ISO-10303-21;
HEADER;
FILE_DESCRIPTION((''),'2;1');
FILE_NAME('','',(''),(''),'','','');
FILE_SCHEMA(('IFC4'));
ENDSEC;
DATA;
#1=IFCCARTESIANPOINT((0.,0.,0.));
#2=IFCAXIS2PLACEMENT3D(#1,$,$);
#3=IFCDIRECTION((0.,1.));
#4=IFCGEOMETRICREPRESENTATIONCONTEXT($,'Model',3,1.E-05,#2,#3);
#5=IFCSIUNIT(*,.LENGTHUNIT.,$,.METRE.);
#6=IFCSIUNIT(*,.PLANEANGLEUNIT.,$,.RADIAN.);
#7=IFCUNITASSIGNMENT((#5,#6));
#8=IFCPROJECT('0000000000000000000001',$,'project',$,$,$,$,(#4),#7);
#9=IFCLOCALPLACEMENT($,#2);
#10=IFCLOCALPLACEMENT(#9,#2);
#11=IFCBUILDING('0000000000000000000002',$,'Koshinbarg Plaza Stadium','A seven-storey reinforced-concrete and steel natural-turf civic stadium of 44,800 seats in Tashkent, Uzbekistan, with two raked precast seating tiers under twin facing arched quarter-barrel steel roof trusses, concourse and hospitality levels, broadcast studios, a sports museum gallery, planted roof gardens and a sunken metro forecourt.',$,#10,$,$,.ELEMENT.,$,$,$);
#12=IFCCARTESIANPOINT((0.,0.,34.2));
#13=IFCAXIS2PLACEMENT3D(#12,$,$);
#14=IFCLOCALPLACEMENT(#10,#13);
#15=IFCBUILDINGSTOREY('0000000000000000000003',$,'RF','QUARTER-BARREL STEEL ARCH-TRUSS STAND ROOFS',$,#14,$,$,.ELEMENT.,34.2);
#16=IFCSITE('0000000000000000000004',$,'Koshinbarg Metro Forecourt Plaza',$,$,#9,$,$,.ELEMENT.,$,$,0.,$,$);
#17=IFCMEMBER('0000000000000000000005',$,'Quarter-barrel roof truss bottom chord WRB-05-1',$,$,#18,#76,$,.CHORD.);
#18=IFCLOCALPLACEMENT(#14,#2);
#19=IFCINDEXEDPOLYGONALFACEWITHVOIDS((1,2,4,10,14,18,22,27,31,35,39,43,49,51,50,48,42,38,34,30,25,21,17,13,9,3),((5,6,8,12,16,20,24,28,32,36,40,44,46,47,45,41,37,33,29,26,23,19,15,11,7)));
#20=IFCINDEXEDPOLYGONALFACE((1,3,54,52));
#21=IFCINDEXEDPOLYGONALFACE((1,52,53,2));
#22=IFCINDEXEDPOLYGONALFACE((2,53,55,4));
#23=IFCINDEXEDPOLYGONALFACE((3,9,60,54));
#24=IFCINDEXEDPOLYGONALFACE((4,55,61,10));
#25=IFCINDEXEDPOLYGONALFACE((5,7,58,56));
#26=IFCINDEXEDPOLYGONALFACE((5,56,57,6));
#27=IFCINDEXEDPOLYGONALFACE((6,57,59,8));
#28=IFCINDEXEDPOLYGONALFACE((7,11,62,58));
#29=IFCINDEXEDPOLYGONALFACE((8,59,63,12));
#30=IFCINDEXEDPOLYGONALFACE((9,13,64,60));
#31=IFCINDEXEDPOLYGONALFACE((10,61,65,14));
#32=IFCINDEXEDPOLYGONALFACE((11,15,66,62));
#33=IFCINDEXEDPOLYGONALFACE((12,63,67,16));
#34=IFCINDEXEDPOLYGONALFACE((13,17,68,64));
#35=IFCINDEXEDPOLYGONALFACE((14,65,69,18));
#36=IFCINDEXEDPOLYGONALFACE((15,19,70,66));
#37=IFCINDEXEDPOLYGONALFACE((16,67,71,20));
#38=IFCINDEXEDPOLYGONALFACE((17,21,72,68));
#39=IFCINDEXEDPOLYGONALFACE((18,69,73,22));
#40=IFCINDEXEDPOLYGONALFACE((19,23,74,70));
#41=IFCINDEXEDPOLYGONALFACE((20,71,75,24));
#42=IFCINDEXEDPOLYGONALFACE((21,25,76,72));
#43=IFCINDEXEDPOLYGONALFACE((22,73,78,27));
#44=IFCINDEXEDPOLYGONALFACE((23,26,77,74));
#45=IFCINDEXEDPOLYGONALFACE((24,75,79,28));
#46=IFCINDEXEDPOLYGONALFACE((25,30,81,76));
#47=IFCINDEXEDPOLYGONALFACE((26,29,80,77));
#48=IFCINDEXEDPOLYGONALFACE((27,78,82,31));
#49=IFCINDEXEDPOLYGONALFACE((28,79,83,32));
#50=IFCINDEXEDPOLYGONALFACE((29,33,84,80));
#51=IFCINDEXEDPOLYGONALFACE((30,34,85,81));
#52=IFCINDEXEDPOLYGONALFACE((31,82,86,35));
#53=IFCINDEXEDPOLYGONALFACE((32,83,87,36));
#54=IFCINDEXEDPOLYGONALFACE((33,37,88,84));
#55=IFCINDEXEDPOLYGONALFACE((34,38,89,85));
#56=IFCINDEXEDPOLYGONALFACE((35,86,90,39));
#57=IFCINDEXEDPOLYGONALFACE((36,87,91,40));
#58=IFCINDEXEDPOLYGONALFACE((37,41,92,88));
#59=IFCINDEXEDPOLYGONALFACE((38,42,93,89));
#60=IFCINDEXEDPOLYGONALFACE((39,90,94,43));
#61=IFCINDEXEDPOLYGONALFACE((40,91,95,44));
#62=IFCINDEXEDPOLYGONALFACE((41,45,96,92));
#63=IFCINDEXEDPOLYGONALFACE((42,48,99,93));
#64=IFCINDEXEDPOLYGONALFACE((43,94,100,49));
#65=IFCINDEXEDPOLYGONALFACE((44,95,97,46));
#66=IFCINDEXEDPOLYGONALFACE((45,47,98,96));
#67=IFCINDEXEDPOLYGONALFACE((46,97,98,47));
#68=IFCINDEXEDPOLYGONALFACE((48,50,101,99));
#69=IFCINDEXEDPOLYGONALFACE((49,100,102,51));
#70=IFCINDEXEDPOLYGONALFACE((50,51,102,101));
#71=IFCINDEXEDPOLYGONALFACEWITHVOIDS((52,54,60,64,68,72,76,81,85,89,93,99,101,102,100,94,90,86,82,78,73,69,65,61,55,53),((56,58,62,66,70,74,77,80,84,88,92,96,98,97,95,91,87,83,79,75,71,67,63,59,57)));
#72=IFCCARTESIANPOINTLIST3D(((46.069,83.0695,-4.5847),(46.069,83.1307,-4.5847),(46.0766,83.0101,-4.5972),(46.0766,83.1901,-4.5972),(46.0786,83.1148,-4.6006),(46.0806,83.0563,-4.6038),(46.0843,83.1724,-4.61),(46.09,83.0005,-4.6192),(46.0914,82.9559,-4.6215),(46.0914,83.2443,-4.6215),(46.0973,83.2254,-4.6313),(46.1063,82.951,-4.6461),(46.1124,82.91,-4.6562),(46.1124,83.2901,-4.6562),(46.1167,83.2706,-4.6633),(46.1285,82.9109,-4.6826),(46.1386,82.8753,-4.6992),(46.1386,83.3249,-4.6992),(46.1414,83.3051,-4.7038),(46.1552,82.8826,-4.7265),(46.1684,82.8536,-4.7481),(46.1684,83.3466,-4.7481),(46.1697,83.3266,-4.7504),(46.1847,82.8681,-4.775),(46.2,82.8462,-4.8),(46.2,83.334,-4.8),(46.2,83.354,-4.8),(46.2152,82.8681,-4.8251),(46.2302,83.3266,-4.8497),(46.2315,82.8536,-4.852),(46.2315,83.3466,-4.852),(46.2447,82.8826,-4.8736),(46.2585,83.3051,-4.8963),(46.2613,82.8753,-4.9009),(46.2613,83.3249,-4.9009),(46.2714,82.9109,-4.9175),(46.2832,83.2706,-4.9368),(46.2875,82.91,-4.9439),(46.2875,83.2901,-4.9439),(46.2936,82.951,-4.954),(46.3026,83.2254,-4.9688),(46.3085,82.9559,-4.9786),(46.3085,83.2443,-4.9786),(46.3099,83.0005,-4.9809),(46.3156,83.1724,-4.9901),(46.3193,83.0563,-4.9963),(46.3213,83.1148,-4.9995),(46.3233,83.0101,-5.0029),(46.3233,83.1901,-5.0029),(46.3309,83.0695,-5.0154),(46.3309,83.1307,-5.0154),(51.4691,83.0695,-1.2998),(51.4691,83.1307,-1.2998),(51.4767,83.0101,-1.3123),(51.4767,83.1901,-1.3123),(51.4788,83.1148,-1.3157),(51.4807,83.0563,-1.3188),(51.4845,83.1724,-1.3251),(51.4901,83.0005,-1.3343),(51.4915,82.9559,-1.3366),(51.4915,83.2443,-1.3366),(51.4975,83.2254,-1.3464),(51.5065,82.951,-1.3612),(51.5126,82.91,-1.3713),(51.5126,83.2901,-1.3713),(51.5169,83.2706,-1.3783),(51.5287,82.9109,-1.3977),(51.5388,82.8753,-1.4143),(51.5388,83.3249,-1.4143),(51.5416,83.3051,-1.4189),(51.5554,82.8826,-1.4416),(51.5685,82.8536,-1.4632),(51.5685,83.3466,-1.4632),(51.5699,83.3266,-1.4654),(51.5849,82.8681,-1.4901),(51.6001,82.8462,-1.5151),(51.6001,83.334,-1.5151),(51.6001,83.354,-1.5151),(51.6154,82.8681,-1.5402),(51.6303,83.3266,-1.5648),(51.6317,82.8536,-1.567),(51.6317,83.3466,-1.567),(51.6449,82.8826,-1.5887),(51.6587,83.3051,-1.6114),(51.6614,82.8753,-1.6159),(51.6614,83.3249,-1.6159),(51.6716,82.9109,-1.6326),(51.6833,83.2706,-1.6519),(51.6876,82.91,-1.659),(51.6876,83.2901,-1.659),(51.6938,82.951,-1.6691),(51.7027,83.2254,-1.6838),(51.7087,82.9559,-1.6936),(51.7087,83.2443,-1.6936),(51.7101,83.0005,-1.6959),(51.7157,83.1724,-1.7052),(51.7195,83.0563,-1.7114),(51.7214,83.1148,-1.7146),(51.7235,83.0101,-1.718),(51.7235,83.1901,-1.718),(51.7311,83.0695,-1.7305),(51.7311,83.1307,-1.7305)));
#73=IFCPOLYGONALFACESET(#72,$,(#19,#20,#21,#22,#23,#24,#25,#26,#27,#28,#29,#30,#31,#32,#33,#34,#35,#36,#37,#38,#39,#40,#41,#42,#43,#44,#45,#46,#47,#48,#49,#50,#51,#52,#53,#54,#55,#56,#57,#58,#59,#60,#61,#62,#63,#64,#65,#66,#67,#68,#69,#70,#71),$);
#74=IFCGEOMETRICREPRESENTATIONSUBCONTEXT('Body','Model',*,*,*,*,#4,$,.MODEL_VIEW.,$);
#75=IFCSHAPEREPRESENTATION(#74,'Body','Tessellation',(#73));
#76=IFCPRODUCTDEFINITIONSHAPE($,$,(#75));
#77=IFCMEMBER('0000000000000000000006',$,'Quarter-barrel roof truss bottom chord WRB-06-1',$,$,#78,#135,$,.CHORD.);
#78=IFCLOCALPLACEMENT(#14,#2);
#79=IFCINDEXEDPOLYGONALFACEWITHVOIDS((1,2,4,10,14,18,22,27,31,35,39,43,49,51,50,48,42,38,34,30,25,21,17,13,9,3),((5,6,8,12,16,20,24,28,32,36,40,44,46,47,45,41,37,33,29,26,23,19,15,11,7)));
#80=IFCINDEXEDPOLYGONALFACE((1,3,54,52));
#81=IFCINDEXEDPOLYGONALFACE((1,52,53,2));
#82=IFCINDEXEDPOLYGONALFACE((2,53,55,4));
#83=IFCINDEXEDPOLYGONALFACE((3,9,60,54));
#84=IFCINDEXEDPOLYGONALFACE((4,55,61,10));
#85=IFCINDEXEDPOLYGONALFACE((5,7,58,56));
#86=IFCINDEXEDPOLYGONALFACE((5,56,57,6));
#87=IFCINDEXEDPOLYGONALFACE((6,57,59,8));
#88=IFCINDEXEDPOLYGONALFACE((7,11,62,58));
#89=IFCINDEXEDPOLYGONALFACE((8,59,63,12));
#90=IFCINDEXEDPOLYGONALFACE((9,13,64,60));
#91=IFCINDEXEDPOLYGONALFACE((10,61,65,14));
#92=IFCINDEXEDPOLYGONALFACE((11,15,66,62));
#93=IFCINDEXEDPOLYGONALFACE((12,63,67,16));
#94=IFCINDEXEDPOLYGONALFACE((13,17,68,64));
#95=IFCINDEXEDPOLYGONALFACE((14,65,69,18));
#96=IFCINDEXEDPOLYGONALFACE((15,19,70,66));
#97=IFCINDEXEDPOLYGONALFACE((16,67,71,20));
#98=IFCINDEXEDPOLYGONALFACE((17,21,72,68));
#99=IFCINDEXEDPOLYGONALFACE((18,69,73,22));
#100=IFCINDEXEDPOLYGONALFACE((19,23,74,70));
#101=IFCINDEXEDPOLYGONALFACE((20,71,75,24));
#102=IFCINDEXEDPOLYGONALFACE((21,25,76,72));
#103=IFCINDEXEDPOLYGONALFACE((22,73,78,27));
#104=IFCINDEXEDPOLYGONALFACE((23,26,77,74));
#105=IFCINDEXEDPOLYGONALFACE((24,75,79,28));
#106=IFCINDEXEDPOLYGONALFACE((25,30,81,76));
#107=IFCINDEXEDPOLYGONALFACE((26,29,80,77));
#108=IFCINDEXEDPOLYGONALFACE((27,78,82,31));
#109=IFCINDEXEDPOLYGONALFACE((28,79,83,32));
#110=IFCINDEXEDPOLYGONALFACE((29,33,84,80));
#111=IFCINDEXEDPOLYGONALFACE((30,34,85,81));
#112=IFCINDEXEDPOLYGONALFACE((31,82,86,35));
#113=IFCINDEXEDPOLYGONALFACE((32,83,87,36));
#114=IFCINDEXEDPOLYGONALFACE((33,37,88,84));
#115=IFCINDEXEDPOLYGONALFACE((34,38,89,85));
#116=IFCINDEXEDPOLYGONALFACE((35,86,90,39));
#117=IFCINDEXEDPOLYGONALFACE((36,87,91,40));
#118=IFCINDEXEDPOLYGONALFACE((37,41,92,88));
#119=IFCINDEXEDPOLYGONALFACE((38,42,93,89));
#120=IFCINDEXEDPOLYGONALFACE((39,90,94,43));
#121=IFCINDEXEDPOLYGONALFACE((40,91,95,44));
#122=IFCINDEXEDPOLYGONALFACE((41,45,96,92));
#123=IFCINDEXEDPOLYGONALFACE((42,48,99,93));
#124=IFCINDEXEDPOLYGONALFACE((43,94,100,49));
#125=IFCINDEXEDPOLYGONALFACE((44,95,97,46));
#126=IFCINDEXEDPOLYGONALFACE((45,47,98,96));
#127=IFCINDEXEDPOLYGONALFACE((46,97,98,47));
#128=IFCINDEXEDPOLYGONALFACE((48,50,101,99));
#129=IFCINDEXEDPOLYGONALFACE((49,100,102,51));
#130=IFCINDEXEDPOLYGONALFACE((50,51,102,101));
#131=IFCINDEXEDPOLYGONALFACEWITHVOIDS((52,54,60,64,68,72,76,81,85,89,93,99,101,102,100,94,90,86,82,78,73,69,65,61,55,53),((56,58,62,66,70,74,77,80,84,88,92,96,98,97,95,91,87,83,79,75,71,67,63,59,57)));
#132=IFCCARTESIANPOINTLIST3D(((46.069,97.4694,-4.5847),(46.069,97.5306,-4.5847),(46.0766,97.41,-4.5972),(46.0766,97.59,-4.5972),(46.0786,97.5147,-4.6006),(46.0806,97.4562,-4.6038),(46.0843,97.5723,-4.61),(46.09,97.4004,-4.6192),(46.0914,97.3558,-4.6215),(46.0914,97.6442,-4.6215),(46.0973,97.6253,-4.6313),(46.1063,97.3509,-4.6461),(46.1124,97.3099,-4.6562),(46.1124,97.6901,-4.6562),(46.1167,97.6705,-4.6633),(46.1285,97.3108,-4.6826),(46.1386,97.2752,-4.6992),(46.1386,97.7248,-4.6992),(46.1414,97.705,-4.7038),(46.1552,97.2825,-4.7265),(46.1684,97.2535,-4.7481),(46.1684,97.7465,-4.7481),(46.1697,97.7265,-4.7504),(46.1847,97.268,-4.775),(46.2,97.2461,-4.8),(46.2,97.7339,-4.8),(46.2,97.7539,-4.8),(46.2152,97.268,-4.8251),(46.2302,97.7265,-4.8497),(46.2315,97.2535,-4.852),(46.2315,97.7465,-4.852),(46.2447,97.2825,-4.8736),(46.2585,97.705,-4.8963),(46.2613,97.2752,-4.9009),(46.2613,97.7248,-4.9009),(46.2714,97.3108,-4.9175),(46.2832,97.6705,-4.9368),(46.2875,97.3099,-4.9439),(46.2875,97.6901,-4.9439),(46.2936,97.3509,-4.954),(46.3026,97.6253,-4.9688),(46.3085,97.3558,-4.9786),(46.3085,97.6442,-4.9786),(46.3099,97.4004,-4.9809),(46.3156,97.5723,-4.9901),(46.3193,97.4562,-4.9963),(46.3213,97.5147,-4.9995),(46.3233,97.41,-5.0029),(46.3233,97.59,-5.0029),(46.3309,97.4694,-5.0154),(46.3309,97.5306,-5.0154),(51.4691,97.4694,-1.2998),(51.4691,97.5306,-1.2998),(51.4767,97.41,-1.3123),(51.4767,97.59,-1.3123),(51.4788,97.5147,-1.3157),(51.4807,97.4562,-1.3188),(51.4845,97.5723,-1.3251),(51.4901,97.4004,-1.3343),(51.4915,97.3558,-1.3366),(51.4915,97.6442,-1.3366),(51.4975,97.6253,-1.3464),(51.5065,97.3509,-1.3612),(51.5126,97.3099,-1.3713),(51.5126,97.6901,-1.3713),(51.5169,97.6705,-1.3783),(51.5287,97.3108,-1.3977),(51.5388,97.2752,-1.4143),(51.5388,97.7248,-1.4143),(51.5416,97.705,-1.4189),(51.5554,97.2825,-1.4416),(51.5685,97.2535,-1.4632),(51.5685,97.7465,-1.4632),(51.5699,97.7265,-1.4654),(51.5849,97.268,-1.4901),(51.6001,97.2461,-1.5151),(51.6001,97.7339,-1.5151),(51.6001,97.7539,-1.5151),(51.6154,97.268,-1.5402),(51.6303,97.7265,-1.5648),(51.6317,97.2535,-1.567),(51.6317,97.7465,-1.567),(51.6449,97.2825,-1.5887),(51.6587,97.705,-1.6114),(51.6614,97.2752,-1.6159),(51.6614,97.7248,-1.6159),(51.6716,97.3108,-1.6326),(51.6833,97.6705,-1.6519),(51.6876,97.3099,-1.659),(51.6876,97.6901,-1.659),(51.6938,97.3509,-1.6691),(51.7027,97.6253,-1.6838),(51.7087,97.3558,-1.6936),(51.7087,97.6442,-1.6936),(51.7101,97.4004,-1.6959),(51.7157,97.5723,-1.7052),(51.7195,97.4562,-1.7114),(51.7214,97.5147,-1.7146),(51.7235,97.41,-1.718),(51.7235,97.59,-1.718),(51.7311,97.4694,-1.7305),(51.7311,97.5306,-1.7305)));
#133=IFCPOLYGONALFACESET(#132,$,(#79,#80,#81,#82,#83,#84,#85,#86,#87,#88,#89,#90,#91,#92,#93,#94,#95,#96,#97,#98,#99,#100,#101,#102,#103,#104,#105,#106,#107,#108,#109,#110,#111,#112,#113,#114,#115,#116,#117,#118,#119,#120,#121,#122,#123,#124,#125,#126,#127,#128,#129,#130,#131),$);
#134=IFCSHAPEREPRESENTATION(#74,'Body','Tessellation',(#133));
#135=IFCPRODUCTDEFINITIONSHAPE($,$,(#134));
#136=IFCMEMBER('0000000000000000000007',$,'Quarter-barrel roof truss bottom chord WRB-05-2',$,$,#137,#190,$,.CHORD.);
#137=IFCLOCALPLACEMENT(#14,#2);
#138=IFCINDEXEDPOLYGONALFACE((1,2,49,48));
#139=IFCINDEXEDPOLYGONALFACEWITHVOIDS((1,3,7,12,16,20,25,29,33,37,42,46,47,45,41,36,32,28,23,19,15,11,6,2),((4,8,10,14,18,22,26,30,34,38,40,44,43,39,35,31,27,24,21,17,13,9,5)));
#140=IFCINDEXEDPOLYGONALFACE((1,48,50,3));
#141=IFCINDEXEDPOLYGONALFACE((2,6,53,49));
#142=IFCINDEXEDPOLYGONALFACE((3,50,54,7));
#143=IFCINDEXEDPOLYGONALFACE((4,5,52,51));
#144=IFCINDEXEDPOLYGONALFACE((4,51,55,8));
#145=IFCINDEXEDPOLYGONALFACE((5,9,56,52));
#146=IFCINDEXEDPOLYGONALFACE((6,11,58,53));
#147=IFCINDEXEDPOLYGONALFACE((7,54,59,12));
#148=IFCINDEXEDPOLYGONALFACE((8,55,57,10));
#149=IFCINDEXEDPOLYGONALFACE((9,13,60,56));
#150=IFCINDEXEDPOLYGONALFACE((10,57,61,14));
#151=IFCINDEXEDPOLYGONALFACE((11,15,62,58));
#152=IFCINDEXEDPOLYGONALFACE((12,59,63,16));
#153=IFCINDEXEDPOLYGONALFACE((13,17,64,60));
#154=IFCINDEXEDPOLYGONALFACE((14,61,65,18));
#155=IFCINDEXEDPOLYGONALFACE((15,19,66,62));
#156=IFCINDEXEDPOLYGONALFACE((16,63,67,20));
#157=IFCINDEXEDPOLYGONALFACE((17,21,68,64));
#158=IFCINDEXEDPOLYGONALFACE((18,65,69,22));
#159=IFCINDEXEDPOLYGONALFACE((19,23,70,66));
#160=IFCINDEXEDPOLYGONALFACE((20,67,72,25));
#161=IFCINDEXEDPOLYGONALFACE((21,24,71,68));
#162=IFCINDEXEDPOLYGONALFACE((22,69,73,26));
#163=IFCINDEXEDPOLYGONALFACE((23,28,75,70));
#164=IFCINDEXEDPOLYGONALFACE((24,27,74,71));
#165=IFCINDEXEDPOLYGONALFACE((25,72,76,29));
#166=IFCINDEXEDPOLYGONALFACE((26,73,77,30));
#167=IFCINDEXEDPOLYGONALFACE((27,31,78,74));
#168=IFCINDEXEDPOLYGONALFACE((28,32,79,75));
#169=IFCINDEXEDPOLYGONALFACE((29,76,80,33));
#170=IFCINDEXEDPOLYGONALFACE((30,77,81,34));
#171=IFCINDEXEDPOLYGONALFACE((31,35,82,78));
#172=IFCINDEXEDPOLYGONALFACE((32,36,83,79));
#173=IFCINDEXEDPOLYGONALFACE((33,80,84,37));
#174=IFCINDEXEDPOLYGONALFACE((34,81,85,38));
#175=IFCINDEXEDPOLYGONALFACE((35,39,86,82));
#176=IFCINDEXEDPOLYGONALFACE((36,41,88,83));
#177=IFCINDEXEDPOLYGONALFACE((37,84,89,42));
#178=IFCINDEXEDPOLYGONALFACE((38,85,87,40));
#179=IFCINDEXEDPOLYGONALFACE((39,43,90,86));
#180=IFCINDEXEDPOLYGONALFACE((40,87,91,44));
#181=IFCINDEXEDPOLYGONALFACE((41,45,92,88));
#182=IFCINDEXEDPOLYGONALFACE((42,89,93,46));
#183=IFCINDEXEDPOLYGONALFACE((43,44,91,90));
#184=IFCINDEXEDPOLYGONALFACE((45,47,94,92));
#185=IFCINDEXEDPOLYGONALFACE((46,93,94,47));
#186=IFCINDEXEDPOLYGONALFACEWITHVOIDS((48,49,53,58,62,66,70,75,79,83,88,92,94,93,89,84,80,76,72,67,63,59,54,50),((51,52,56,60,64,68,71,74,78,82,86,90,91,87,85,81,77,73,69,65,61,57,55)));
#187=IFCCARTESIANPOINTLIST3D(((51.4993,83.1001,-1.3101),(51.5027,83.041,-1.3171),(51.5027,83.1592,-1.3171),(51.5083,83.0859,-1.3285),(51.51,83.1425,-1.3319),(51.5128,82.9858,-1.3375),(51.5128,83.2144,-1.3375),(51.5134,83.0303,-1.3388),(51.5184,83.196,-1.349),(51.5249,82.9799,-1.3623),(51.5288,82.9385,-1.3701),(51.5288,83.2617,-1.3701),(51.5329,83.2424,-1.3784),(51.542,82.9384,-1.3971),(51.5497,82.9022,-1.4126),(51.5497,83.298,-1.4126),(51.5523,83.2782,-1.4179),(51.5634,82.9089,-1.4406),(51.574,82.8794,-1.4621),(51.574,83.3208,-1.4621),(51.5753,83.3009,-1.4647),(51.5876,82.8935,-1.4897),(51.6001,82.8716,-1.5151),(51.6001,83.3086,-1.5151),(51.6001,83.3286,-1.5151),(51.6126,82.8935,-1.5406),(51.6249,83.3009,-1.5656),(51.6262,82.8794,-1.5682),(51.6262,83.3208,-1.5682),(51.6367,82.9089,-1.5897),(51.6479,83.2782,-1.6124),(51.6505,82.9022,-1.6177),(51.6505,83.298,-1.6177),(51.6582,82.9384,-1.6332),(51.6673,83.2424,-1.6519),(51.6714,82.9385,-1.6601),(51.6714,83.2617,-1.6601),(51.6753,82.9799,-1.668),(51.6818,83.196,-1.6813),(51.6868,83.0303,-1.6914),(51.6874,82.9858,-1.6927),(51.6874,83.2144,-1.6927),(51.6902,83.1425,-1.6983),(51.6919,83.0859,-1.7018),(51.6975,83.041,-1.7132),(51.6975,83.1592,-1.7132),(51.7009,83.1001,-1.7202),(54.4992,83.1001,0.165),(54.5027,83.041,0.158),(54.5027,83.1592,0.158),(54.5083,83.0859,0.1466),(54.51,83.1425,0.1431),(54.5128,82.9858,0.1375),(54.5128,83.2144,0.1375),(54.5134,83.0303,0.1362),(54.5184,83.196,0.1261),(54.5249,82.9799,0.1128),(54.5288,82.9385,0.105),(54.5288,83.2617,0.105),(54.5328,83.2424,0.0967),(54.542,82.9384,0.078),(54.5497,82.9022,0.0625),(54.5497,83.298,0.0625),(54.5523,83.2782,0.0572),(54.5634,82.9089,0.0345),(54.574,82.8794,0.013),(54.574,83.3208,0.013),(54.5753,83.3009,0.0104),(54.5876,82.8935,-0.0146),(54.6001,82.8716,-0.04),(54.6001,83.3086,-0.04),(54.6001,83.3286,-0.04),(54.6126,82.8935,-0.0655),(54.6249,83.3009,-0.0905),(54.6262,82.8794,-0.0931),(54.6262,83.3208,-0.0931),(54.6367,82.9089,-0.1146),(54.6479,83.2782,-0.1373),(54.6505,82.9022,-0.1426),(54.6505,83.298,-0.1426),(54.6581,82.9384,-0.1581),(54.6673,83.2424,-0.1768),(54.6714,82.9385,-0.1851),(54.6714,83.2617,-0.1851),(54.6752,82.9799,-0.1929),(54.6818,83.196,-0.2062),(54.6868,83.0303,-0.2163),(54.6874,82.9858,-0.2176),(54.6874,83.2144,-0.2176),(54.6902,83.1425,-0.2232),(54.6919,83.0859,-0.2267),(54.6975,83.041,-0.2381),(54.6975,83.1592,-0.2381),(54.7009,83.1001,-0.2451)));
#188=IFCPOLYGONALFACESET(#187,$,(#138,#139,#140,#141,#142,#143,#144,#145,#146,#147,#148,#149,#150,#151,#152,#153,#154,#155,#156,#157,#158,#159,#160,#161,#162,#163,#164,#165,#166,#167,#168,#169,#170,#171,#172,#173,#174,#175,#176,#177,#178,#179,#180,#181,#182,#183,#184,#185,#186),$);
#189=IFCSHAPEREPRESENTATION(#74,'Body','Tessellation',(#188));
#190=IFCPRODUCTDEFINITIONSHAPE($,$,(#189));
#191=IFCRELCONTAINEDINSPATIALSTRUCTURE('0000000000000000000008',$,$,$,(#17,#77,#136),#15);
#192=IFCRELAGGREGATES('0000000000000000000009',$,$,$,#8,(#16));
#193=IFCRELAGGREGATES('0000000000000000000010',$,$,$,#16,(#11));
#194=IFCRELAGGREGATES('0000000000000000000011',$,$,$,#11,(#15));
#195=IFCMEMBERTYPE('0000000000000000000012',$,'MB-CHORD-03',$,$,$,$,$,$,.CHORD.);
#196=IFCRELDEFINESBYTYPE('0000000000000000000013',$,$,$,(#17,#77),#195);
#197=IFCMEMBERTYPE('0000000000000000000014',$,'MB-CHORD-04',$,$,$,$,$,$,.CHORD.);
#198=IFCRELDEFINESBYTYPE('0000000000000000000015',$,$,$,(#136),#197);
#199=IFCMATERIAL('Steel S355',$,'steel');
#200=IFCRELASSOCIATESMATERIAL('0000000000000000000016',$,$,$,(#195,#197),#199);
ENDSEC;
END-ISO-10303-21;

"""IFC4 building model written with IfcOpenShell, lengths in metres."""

from ifc_helpers import new_model, si_unit, direction, frame, origin, origin_2d, place, context, subcontext, project, spatial, hollow_circle, extrude, material, material_profile, profile_set, type_object, element, save


model = new_model("IFC4")

# Units and contexts
model_context = context("Model", 3, precision=1e-05, world=origin(), true_north=direction((0.0, 1.0)))
body_context = subcontext(model_context, "Body", "Model", "MODEL_VIEW")
ifc_project = project(units=[si_unit("LENGTHUNIT", "METRE"), si_unit("PLANEANGLEUNIT", "RADIAN")], contexts=[model_context])

# Site, building, storey
site_placement = place(None, origin())
site = spatial("IfcSite", under=ifc_project, at=site_placement, Name="Koshinbarg Metro Forecourt Plaza", CompositionType="ELEMENT", RefElevation=0.0)
building_placement = place(site_placement, origin())
building = spatial("IfcBuilding", under=site, at=building_placement, Name="Koshinbarg Plaza Stadium", Description="A seven-storey reinforced-concrete and steel natural-turf civic stadium of 44,800 seats in Tashkent, Uzbekistan, with two raked precast seating tiers under twin facing arched quarter-barrel steel roof trusses, concourse and hospitality levels, broadcast studios, a sports museum gallery, planted roof gardens and a sunken metro forecourt.", CompositionType="ELEMENT")
storey_placement = place(building_placement, frame((0.0, 0.0, 34.2)))
storey = spatial("IfcBuildingStorey", under=building, at=storey_placement, Name="RF", Description="QUARTER-BARREL STEEL ARCH-TRUSS STAND ROOFS", CompositionType="ELEMENT", Elevation=34.2)

# Shared definitions
ifc_material_1 = material(Name="Steel S355", Category="steel")

# Members
ifc_material_profile_1 = material_profile(ifc_material_1, hollow_circle(Radius=0.2539, WallThickness=0.02, at=origin_2d()), Name="CHS 508x20")
ifc_profile_set_1 = profile_set([ifc_material_profile_1], Name="Steel S355")
member_type_1 = type_object("IfcMemberType", Name="MB-CHORD-03", PredefinedType="CHORD", material=ifc_profile_set_1)
for number, where, z_axis, x_axis, name in (
    (1, (46.2, 83.1001, -4.8), (0.854348, 0.0, 0.519701), (0.0, 1.0, 0.0), "Quarter-barrel roof truss bottom chord WRB-05-1"),
    (2, (46.2, 97.5, -4.8), (0.854348, 0.0, 0.519701), (0.0, 1.0, 0.0), "Quarter-barrel roof truss bottom chord WRB-06-1"),
):
    element("IfcMember", number, at=place(storey_placement, frame(where, z_axis=z_axis, x_axis=x_axis)), inside=storey, type_object=member_type_1, Name=name, PredefinedType="CHORD", context=body_context, shape_type="SweptSolid", body=[
        extrude(hollow_circle(Radius=0.2539, WallThickness=0.02, at=origin_2d()), origin(), (0.0, 0.0, 1.0), 6.3208),
    ])
ifc_material_profile_2 = material_profile(ifc_material_1, hollow_circle(Radius=0.2285, WallThickness=0.02, at=origin_2d()), Name="CHS 457x20")
ifc_profile_set_2 = profile_set([ifc_material_profile_2], Name="Steel S355")
member_type_2 = type_object("IfcMemberType", Name="MB-CHORD-04", PredefinedType="CHORD", material=ifc_profile_set_2)
for number, where, z_axis, x_axis, name in (
    (3, (51.6001, 83.1001, -1.5151), (0.897387, 0.0, 0.441244), (0.0, 1.0, 0.0), "Quarter-barrel roof truss bottom chord WRB-05-2"),
):
    element("IfcMember", number, at=place(storey_placement, frame(where, z_axis=z_axis, x_axis=x_axis)), inside=storey, type_object=member_type_2, Name=name, PredefinedType="CHORD", context=body_context, shape_type="SweptSolid", body=[
        extrude(hollow_circle(Radius=0.2285, WallThickness=0.02, at=origin_2d()), origin(), (0.0, 0.0, 1.0), 3.343),
    ])

save(model, "model.ifc")
